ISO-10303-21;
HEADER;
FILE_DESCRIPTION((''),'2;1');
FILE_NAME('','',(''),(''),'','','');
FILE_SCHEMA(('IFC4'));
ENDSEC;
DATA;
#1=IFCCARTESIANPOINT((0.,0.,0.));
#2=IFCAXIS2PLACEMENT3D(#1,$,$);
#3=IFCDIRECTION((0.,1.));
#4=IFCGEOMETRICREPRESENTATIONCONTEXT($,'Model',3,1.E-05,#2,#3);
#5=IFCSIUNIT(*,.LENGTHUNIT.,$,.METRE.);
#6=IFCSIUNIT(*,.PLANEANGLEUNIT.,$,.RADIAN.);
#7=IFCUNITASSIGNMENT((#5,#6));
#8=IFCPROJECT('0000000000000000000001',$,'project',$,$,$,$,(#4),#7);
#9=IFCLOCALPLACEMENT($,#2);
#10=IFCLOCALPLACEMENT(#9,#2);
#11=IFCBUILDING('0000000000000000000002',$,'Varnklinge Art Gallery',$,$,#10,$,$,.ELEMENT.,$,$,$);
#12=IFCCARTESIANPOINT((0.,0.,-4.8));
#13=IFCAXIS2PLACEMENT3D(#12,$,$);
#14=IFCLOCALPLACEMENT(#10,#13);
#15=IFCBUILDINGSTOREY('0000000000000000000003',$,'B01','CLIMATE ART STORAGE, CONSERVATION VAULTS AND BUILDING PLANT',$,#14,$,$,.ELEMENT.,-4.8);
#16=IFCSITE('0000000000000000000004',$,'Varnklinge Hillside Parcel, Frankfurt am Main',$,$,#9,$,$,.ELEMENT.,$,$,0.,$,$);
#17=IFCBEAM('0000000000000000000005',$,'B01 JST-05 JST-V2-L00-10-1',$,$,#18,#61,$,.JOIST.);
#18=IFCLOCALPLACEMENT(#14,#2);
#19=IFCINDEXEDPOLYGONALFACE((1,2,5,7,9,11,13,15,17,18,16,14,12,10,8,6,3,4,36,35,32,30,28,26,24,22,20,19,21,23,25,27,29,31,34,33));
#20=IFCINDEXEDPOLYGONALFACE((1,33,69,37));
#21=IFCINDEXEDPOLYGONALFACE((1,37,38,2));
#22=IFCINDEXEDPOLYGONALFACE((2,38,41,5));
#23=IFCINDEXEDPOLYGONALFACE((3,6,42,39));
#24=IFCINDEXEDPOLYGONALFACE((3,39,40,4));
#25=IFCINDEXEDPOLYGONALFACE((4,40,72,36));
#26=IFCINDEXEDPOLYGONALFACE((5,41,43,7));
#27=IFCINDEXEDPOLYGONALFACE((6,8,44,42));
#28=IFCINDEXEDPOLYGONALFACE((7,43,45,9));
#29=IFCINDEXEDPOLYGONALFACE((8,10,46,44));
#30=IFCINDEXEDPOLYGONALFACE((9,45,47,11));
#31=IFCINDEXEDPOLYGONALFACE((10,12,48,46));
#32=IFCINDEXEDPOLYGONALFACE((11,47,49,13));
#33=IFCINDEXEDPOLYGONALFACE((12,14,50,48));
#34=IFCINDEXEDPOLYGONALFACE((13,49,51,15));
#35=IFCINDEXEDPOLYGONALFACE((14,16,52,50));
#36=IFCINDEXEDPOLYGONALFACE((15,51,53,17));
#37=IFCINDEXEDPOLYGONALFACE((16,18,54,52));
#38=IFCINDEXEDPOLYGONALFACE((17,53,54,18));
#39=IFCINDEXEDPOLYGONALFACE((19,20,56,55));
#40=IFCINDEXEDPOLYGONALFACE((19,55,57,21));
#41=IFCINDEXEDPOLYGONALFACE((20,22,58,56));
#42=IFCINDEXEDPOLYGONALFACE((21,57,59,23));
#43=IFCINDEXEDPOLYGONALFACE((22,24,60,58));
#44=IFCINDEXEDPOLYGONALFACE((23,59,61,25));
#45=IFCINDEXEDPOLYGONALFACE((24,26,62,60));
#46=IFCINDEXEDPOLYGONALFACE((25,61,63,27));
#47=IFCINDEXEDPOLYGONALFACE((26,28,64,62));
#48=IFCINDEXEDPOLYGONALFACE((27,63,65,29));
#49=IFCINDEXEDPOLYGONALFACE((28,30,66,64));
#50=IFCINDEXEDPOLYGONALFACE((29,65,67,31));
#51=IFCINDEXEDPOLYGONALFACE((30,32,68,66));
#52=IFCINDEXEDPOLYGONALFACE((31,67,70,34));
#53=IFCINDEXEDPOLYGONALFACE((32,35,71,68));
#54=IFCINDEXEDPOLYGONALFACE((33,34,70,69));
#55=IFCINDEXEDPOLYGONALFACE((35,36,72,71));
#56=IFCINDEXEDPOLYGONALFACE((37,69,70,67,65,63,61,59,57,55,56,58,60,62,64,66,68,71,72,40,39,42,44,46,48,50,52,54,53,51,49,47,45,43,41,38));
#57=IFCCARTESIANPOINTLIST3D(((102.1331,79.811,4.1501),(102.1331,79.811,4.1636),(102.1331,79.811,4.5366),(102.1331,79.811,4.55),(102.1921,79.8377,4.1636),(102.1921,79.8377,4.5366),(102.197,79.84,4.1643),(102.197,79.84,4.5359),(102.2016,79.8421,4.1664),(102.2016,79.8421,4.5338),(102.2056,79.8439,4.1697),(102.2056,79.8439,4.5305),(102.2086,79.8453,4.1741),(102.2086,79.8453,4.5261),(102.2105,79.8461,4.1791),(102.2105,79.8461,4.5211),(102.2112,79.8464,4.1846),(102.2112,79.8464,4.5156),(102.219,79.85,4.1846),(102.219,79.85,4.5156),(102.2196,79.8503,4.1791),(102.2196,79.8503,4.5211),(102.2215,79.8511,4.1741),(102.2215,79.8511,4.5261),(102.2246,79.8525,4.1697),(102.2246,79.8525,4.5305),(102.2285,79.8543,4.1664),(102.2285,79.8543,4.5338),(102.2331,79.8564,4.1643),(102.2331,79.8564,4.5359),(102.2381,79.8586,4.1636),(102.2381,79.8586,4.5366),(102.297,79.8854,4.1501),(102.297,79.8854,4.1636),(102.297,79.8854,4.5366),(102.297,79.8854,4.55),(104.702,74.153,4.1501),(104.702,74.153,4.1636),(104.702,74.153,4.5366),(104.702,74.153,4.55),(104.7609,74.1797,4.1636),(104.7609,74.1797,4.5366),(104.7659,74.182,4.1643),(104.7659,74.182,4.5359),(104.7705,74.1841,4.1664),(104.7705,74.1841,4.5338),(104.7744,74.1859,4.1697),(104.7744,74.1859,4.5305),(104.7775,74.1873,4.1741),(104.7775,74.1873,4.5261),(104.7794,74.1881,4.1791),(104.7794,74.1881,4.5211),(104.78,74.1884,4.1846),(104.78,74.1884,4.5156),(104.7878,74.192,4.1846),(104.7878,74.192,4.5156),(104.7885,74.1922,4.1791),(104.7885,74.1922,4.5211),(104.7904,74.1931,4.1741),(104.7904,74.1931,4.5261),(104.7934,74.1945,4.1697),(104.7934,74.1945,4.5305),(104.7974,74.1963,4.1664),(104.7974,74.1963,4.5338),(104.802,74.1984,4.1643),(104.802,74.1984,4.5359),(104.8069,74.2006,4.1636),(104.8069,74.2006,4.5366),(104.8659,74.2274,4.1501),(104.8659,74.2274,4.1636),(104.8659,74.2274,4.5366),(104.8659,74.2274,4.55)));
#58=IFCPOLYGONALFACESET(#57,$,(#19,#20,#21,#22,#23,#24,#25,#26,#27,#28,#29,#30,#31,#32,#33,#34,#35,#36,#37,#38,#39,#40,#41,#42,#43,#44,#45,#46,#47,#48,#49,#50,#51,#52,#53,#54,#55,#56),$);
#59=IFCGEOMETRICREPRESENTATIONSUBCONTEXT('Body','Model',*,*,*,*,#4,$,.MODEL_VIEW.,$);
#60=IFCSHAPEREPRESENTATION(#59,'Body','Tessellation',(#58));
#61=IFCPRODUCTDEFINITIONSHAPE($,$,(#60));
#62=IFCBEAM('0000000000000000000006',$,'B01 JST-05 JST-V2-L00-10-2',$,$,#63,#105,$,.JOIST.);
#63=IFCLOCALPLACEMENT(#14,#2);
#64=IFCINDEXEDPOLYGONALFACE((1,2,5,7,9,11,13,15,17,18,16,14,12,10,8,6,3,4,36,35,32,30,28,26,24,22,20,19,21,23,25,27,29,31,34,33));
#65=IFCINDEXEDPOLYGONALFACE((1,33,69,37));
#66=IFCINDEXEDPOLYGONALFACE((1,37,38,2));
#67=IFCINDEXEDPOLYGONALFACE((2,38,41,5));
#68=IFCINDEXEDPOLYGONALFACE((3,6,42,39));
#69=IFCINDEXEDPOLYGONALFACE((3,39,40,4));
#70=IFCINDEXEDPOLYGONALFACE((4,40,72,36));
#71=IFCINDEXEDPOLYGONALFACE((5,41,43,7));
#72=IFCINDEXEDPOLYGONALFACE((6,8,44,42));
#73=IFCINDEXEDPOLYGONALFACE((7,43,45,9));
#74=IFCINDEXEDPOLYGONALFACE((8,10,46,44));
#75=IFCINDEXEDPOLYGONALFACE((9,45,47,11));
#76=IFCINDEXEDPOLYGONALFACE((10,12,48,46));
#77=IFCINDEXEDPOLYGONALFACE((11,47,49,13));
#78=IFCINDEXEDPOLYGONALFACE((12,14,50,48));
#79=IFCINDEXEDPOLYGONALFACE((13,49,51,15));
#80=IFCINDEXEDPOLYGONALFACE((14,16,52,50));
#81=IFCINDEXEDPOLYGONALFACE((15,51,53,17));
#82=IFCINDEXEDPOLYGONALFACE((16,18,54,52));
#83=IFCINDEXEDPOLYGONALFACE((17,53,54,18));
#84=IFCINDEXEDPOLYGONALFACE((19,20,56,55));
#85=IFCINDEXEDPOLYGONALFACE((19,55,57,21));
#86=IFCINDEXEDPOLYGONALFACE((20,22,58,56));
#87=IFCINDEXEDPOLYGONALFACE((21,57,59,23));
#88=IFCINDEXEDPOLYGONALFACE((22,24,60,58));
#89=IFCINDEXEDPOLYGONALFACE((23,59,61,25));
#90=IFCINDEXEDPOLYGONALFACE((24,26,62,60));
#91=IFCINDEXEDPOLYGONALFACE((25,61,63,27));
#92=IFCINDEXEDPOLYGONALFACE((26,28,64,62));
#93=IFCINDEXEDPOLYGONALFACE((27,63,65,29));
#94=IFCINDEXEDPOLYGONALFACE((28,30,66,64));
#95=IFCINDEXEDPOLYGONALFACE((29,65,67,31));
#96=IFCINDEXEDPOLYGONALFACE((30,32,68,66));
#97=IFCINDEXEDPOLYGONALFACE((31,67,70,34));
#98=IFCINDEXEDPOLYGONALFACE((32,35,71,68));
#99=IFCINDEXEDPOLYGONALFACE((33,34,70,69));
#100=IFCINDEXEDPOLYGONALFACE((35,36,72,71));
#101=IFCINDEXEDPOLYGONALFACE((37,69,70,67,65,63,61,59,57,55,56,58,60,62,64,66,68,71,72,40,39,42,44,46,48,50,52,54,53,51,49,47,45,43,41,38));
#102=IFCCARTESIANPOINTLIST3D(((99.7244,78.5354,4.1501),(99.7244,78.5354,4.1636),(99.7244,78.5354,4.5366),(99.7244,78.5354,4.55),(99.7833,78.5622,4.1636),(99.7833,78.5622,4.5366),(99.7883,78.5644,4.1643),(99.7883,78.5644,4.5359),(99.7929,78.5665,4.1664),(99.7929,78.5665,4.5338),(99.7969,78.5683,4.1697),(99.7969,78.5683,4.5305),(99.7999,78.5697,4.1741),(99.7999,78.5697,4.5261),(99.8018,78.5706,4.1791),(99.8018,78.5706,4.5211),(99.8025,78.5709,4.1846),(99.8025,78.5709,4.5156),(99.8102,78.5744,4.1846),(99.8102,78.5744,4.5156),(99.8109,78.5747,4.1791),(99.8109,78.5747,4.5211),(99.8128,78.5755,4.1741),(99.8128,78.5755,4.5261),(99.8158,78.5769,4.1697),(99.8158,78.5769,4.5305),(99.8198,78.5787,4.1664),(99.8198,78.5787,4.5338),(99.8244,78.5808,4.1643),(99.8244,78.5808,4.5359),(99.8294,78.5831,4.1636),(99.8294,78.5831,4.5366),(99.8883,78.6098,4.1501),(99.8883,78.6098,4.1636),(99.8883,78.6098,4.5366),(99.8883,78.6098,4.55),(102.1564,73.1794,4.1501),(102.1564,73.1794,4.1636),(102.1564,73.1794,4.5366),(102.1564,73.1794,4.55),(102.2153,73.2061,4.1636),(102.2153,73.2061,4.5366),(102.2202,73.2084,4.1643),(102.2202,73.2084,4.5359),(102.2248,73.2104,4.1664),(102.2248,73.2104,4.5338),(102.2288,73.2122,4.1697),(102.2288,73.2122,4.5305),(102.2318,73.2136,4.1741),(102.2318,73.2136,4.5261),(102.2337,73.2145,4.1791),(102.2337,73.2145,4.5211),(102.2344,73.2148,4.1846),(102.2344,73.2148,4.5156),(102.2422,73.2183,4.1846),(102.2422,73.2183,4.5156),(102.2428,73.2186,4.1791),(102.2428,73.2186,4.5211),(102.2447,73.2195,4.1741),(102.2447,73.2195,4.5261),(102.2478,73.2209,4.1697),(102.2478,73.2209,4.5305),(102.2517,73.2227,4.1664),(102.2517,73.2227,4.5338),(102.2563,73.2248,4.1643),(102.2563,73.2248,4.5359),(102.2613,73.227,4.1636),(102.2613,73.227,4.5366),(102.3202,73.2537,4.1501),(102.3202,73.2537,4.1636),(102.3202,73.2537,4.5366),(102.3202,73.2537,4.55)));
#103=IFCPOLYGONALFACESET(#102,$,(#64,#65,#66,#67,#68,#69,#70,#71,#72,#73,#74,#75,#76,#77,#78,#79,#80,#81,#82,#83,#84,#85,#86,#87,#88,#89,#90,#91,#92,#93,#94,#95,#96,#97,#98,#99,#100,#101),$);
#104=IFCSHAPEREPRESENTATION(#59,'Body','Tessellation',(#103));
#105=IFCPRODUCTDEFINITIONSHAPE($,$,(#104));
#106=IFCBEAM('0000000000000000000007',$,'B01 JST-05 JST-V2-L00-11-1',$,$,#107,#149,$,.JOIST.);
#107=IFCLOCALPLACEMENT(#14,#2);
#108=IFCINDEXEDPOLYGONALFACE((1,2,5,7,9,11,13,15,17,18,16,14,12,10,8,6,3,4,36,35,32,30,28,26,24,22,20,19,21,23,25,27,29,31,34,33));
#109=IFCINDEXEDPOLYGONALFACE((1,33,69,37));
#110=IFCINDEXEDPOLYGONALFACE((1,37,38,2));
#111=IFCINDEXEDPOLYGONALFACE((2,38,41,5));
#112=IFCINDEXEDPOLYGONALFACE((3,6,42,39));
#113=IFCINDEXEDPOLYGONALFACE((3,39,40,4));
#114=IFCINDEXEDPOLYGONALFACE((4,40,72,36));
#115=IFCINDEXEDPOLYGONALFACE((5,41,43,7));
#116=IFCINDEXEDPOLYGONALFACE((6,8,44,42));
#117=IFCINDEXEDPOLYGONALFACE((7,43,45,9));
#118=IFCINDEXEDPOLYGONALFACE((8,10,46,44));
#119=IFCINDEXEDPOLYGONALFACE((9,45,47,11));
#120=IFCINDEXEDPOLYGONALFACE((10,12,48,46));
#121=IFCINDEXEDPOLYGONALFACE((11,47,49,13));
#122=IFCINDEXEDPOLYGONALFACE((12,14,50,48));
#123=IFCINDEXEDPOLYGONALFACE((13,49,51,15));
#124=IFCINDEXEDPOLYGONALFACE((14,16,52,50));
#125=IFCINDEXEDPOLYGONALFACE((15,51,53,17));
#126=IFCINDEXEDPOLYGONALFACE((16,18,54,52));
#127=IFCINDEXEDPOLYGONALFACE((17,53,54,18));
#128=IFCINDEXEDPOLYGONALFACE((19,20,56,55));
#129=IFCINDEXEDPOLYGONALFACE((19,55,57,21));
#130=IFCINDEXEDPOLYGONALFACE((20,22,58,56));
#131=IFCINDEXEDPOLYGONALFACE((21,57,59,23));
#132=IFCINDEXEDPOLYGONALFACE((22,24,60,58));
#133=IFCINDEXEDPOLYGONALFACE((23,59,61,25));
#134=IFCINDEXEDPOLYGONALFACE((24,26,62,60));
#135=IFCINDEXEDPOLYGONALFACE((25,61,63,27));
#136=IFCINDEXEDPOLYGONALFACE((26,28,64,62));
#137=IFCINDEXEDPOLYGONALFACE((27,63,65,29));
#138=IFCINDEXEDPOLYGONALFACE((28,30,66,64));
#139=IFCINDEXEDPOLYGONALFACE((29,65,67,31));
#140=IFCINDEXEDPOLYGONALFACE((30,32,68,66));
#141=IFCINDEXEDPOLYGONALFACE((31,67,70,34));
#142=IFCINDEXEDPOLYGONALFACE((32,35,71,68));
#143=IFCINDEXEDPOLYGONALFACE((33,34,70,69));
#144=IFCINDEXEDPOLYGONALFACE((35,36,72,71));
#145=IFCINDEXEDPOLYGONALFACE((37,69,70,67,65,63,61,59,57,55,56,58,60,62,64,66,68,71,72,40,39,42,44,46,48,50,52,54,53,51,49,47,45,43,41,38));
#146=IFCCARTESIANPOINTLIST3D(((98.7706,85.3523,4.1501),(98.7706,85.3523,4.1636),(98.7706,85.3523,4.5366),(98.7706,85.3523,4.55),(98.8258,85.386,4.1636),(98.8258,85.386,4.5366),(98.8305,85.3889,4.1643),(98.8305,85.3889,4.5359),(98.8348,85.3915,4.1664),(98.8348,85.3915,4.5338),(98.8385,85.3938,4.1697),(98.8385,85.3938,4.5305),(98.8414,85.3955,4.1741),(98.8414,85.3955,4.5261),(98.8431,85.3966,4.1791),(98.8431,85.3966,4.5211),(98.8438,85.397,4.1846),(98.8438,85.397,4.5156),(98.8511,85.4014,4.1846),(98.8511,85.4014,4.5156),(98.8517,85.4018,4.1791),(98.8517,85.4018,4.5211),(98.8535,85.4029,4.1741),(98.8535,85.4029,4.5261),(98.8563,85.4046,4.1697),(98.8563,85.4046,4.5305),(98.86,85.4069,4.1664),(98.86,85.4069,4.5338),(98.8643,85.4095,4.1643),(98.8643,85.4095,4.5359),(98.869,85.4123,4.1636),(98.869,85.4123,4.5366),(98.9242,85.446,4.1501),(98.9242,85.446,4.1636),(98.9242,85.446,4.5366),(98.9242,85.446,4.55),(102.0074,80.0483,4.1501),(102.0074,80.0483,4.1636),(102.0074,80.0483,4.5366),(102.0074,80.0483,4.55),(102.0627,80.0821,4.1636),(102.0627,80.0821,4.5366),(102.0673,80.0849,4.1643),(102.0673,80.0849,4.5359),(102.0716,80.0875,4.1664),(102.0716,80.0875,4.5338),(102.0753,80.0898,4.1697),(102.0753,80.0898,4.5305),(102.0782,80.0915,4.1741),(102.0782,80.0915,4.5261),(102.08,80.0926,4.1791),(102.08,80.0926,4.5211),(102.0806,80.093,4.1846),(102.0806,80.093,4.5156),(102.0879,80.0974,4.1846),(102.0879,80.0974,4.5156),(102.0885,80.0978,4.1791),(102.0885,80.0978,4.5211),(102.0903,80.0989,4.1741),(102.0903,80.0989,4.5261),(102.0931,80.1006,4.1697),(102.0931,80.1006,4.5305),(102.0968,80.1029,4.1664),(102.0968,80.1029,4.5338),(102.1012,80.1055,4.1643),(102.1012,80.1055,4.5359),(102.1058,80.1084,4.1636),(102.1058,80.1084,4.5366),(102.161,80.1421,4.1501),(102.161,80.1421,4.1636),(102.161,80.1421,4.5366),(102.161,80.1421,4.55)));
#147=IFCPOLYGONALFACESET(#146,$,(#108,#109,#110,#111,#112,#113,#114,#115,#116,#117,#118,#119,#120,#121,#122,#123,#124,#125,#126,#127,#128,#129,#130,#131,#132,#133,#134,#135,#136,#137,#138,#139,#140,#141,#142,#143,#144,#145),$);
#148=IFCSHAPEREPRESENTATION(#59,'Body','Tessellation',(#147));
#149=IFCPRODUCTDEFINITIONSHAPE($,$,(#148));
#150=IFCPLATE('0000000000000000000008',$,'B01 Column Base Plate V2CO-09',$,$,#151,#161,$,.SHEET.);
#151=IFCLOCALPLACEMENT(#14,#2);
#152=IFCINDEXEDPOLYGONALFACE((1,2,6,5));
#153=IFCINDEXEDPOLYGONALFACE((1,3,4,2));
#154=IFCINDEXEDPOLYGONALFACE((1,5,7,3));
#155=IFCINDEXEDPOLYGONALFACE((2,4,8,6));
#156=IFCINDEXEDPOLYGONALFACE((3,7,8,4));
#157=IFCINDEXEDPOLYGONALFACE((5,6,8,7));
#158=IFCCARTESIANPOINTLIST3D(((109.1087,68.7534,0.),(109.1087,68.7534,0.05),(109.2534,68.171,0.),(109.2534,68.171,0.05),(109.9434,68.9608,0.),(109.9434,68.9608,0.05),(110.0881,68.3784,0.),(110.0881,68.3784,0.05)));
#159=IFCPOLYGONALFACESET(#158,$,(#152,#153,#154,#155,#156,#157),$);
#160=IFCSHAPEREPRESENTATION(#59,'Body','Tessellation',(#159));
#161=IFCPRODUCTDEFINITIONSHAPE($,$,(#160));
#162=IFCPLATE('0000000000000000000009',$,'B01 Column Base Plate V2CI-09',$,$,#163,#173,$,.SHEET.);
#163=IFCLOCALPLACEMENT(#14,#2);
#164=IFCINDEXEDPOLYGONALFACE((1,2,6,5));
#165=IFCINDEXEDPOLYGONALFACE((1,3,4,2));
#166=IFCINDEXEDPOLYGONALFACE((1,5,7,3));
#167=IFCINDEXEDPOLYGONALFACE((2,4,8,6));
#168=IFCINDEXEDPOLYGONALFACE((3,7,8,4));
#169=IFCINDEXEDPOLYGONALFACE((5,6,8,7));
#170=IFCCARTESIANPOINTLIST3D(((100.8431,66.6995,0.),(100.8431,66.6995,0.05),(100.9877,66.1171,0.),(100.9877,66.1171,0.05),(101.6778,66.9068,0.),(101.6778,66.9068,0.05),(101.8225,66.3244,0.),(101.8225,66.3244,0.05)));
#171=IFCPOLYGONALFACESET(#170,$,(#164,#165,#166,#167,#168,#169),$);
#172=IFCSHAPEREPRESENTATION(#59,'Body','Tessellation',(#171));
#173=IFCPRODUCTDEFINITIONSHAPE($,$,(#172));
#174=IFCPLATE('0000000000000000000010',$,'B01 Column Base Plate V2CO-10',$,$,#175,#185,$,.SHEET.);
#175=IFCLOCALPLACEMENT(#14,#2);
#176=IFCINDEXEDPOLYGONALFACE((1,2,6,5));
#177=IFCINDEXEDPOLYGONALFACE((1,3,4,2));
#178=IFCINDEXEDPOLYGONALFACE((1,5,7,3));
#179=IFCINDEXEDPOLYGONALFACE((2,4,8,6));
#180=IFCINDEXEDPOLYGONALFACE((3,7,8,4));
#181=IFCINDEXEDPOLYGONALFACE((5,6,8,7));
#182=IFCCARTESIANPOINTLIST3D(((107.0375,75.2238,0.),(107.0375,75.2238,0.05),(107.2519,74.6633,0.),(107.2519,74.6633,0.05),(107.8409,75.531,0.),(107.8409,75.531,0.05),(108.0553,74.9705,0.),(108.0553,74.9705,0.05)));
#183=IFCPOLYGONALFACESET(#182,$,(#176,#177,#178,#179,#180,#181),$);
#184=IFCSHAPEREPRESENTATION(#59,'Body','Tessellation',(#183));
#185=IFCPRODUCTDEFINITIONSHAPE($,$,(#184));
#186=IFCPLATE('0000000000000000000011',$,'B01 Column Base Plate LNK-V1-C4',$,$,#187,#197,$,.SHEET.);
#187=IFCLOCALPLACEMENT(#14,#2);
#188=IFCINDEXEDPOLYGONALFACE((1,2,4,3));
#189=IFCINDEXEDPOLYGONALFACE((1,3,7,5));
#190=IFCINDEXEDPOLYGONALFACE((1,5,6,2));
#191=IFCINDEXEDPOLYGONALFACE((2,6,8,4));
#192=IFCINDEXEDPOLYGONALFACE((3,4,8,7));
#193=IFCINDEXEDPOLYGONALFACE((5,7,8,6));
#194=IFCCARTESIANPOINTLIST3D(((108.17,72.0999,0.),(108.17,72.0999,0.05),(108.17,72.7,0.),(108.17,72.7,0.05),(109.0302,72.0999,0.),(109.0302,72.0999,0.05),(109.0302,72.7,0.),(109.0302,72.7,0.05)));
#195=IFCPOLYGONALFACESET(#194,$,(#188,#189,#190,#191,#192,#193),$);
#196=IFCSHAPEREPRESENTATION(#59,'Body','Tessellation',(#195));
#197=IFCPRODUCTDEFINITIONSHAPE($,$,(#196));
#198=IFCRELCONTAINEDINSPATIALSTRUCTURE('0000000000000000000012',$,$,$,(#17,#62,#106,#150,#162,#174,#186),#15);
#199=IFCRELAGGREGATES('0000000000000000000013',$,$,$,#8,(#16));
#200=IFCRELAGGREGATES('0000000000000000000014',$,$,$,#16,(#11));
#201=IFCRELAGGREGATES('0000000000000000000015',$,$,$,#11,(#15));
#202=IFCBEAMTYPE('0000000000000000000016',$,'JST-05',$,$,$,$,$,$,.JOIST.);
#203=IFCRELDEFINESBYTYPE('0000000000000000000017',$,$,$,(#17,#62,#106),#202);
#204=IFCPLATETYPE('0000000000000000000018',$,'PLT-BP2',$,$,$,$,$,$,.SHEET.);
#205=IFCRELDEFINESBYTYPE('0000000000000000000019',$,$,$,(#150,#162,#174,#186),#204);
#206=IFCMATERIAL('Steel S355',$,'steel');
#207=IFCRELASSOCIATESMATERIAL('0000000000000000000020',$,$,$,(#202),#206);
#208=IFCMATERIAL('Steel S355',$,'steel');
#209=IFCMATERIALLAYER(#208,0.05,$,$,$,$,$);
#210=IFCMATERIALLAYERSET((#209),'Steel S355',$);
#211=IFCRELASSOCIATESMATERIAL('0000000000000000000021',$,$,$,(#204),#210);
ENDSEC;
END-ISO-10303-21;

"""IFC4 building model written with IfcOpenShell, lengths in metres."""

from ifc_helpers import new_model, si_unit, direction, frame, origin, origin_2d, place, context, subcontext, project, spatial, rectangle, i_section, extrude, material, layer, layer_set, material_profile, profile_set, type_object, element, save


model = new_model("IFC4")

# Units and contexts
model_context = context("Model", 3, precision=1e-05, world=origin(), true_north=direction((0.0, 1.0)))
body_context = subcontext(model_context, "Body", "Model", "MODEL_VIEW")
ifc_project = project(units=[si_unit("LENGTHUNIT", "METRE"), si_unit("PLANEANGLEUNIT", "RADIAN")], contexts=[model_context])

# Site, building, storey
site_placement = place(None, origin())
site = spatial("IfcSite", under=ifc_project, at=site_placement, Name="Varnklinge Hillside Parcel, Frankfurt am Main", CompositionType="ELEMENT", RefElevation=0.0)
building_placement = place(site_placement, origin())
building = spatial("IfcBuilding", under=site, at=building_placement, Name="Varnklinge Art Gallery", CompositionType="ELEMENT")
storey_placement = place(building_placement, frame((0.0, 0.0, -4.8)))
storey = spatial("IfcBuildingStorey", under=building, at=storey_placement, Name="B01", Description="CLIMATE ART STORAGE, CONSERVATION VAULTS AND BUILDING PLANT", CompositionType="ELEMENT", Elevation=-4.8)

# Beams
ifc_material_1 = material(Name="Steel S355", Category="steel")
ifc_material_profile_1 = material_profile(ifc_material_1, i_section(OverallWidth=0.1799, OverallDepth=0.3999, WebThickness=0.0085, FlangeThickness=0.0134, FilletRadius=0.021, at=origin_2d()), Name="IPE 400")
ifc_profile_set_1 = profile_set([ifc_material_profile_1], Name="Steel S355")
beam_type_1 = type_object("IfcBeamType", Name="JST-05", PredefinedType="JOIST", material=ifc_profile_set_1)
beam_1_placement = place(storey_placement, frame((104.7839, 74.1902, 4.3501), z_axis=(-0.413409, 0.910545, 0.0), x_axis=(-0.910545, -0.413409, 0.0)))
element("IfcBeam", 1, at=beam_1_placement, inside=storey, type_object=beam_type_1, Name="B01 JST-05 JST-V2-L00-10-1", PredefinedType="JOIST", context=body_context, shape_type="SweptSolid", body=[
    extrude(i_section(OverallWidth=0.1799, OverallDepth=0.3999, WebThickness=0.0085, FlangeThickness=0.0134, FilletRadius=0.021, at=origin_2d()), origin(), (0.0, 0.0, 1.0), 6.2139),
])
beam_2_placement = place(storey_placement, frame((102.2383, 73.2166, 4.3501), z_axis=(-0.413431, 0.910536, 0.0), x_axis=(-0.910536, -0.413431, 0.0)))
element("IfcBeam", 2, at=beam_2_placement, inside=storey, type_object=beam_type_1, Name="B01 JST-05 JST-V2-L00-10-2", PredefinedType="JOIST", context=body_context, shape_type="SweptSolid", body=[
    extrude(i_section(OverallWidth=0.1799, OverallDepth=0.3999, WebThickness=0.0085, FlangeThickness=0.0134, FilletRadius=0.021, at=origin_2d()), origin(), (0.0, 0.0, 1.0), 5.8823),
])
beam_3_placement = place(storey_placement, frame((102.0842, 80.0952, 4.3501), z_axis=(-0.520924, 0.853603, 0.0), x_axis=(-0.853603, -0.520924, 0.0)))
element("IfcBeam", 3, at=beam_3_placement, inside=storey, type_object=beam_type_1, Name="B01 JST-05 JST-V2-L00-11-1", PredefinedType="JOIST", context=body_context, shape_type="SweptSolid", body=[
    extrude(i_section(OverallWidth=0.1799, OverallDepth=0.3999, WebThickness=0.0085, FlangeThickness=0.0134, FilletRadius=0.021, at=origin_2d()), origin(), (0.0, 0.0, 1.0), 6.2136),
])

# Plates
ifc_material_2 = material(Name="Steel S355", Category="steel")
ifc_layer_1 = layer(ifc_material_2, 0.05)
ifc_layer_set_1 = layer_set([ifc_layer_1], Name="Steel S355")
plate_type = type_object("IfcPlateType", Name="PLT-BP2", PredefinedType="SHEET", material=ifc_layer_set_1)
for number, where, z_axis, x_axis, name in (
    (4, (109.5984, 68.5659, 0.0), (0.0, 0.0, 1.0), (-0.970506, -0.241075, 0.0), "B01 Column Base Plate V2CO-09"),
    (5, (101.3328, 66.512, 0.0), (0.0, 0.0, 1.0), (-0.970506, -0.241075, 0.0), "B01 Column Base Plate V2CI-09"),
    (6, (107.5464, 75.0972, 0.0), (0.0, 0.0, 1.0), (-0.934018, -0.357227, 0.0), "B01 Column Base Plate V2CO-10"),
    (7, (108.6001, 72.3999, 0.0), (0.0, 0.0, 1.0), (1.0, 0.0, 0.0), "B01 Column Base Plate LNK-V1-C4"),
):
    element("IfcPlate", number, at=place(storey_placement, frame(where, z_axis=z_axis, x_axis=x_axis)), inside=storey, type_object=plate_type, Name=name, PredefinedType="SHEET", context=body_context, shape_type="SweptSolid", body=[
        extrude(rectangle(XDim=0.8601, YDim=0.6001, at=origin_2d()), origin(), (0.0, 0.0, 1.0), 0.05),
    ])

save(model, "model.ifc")
